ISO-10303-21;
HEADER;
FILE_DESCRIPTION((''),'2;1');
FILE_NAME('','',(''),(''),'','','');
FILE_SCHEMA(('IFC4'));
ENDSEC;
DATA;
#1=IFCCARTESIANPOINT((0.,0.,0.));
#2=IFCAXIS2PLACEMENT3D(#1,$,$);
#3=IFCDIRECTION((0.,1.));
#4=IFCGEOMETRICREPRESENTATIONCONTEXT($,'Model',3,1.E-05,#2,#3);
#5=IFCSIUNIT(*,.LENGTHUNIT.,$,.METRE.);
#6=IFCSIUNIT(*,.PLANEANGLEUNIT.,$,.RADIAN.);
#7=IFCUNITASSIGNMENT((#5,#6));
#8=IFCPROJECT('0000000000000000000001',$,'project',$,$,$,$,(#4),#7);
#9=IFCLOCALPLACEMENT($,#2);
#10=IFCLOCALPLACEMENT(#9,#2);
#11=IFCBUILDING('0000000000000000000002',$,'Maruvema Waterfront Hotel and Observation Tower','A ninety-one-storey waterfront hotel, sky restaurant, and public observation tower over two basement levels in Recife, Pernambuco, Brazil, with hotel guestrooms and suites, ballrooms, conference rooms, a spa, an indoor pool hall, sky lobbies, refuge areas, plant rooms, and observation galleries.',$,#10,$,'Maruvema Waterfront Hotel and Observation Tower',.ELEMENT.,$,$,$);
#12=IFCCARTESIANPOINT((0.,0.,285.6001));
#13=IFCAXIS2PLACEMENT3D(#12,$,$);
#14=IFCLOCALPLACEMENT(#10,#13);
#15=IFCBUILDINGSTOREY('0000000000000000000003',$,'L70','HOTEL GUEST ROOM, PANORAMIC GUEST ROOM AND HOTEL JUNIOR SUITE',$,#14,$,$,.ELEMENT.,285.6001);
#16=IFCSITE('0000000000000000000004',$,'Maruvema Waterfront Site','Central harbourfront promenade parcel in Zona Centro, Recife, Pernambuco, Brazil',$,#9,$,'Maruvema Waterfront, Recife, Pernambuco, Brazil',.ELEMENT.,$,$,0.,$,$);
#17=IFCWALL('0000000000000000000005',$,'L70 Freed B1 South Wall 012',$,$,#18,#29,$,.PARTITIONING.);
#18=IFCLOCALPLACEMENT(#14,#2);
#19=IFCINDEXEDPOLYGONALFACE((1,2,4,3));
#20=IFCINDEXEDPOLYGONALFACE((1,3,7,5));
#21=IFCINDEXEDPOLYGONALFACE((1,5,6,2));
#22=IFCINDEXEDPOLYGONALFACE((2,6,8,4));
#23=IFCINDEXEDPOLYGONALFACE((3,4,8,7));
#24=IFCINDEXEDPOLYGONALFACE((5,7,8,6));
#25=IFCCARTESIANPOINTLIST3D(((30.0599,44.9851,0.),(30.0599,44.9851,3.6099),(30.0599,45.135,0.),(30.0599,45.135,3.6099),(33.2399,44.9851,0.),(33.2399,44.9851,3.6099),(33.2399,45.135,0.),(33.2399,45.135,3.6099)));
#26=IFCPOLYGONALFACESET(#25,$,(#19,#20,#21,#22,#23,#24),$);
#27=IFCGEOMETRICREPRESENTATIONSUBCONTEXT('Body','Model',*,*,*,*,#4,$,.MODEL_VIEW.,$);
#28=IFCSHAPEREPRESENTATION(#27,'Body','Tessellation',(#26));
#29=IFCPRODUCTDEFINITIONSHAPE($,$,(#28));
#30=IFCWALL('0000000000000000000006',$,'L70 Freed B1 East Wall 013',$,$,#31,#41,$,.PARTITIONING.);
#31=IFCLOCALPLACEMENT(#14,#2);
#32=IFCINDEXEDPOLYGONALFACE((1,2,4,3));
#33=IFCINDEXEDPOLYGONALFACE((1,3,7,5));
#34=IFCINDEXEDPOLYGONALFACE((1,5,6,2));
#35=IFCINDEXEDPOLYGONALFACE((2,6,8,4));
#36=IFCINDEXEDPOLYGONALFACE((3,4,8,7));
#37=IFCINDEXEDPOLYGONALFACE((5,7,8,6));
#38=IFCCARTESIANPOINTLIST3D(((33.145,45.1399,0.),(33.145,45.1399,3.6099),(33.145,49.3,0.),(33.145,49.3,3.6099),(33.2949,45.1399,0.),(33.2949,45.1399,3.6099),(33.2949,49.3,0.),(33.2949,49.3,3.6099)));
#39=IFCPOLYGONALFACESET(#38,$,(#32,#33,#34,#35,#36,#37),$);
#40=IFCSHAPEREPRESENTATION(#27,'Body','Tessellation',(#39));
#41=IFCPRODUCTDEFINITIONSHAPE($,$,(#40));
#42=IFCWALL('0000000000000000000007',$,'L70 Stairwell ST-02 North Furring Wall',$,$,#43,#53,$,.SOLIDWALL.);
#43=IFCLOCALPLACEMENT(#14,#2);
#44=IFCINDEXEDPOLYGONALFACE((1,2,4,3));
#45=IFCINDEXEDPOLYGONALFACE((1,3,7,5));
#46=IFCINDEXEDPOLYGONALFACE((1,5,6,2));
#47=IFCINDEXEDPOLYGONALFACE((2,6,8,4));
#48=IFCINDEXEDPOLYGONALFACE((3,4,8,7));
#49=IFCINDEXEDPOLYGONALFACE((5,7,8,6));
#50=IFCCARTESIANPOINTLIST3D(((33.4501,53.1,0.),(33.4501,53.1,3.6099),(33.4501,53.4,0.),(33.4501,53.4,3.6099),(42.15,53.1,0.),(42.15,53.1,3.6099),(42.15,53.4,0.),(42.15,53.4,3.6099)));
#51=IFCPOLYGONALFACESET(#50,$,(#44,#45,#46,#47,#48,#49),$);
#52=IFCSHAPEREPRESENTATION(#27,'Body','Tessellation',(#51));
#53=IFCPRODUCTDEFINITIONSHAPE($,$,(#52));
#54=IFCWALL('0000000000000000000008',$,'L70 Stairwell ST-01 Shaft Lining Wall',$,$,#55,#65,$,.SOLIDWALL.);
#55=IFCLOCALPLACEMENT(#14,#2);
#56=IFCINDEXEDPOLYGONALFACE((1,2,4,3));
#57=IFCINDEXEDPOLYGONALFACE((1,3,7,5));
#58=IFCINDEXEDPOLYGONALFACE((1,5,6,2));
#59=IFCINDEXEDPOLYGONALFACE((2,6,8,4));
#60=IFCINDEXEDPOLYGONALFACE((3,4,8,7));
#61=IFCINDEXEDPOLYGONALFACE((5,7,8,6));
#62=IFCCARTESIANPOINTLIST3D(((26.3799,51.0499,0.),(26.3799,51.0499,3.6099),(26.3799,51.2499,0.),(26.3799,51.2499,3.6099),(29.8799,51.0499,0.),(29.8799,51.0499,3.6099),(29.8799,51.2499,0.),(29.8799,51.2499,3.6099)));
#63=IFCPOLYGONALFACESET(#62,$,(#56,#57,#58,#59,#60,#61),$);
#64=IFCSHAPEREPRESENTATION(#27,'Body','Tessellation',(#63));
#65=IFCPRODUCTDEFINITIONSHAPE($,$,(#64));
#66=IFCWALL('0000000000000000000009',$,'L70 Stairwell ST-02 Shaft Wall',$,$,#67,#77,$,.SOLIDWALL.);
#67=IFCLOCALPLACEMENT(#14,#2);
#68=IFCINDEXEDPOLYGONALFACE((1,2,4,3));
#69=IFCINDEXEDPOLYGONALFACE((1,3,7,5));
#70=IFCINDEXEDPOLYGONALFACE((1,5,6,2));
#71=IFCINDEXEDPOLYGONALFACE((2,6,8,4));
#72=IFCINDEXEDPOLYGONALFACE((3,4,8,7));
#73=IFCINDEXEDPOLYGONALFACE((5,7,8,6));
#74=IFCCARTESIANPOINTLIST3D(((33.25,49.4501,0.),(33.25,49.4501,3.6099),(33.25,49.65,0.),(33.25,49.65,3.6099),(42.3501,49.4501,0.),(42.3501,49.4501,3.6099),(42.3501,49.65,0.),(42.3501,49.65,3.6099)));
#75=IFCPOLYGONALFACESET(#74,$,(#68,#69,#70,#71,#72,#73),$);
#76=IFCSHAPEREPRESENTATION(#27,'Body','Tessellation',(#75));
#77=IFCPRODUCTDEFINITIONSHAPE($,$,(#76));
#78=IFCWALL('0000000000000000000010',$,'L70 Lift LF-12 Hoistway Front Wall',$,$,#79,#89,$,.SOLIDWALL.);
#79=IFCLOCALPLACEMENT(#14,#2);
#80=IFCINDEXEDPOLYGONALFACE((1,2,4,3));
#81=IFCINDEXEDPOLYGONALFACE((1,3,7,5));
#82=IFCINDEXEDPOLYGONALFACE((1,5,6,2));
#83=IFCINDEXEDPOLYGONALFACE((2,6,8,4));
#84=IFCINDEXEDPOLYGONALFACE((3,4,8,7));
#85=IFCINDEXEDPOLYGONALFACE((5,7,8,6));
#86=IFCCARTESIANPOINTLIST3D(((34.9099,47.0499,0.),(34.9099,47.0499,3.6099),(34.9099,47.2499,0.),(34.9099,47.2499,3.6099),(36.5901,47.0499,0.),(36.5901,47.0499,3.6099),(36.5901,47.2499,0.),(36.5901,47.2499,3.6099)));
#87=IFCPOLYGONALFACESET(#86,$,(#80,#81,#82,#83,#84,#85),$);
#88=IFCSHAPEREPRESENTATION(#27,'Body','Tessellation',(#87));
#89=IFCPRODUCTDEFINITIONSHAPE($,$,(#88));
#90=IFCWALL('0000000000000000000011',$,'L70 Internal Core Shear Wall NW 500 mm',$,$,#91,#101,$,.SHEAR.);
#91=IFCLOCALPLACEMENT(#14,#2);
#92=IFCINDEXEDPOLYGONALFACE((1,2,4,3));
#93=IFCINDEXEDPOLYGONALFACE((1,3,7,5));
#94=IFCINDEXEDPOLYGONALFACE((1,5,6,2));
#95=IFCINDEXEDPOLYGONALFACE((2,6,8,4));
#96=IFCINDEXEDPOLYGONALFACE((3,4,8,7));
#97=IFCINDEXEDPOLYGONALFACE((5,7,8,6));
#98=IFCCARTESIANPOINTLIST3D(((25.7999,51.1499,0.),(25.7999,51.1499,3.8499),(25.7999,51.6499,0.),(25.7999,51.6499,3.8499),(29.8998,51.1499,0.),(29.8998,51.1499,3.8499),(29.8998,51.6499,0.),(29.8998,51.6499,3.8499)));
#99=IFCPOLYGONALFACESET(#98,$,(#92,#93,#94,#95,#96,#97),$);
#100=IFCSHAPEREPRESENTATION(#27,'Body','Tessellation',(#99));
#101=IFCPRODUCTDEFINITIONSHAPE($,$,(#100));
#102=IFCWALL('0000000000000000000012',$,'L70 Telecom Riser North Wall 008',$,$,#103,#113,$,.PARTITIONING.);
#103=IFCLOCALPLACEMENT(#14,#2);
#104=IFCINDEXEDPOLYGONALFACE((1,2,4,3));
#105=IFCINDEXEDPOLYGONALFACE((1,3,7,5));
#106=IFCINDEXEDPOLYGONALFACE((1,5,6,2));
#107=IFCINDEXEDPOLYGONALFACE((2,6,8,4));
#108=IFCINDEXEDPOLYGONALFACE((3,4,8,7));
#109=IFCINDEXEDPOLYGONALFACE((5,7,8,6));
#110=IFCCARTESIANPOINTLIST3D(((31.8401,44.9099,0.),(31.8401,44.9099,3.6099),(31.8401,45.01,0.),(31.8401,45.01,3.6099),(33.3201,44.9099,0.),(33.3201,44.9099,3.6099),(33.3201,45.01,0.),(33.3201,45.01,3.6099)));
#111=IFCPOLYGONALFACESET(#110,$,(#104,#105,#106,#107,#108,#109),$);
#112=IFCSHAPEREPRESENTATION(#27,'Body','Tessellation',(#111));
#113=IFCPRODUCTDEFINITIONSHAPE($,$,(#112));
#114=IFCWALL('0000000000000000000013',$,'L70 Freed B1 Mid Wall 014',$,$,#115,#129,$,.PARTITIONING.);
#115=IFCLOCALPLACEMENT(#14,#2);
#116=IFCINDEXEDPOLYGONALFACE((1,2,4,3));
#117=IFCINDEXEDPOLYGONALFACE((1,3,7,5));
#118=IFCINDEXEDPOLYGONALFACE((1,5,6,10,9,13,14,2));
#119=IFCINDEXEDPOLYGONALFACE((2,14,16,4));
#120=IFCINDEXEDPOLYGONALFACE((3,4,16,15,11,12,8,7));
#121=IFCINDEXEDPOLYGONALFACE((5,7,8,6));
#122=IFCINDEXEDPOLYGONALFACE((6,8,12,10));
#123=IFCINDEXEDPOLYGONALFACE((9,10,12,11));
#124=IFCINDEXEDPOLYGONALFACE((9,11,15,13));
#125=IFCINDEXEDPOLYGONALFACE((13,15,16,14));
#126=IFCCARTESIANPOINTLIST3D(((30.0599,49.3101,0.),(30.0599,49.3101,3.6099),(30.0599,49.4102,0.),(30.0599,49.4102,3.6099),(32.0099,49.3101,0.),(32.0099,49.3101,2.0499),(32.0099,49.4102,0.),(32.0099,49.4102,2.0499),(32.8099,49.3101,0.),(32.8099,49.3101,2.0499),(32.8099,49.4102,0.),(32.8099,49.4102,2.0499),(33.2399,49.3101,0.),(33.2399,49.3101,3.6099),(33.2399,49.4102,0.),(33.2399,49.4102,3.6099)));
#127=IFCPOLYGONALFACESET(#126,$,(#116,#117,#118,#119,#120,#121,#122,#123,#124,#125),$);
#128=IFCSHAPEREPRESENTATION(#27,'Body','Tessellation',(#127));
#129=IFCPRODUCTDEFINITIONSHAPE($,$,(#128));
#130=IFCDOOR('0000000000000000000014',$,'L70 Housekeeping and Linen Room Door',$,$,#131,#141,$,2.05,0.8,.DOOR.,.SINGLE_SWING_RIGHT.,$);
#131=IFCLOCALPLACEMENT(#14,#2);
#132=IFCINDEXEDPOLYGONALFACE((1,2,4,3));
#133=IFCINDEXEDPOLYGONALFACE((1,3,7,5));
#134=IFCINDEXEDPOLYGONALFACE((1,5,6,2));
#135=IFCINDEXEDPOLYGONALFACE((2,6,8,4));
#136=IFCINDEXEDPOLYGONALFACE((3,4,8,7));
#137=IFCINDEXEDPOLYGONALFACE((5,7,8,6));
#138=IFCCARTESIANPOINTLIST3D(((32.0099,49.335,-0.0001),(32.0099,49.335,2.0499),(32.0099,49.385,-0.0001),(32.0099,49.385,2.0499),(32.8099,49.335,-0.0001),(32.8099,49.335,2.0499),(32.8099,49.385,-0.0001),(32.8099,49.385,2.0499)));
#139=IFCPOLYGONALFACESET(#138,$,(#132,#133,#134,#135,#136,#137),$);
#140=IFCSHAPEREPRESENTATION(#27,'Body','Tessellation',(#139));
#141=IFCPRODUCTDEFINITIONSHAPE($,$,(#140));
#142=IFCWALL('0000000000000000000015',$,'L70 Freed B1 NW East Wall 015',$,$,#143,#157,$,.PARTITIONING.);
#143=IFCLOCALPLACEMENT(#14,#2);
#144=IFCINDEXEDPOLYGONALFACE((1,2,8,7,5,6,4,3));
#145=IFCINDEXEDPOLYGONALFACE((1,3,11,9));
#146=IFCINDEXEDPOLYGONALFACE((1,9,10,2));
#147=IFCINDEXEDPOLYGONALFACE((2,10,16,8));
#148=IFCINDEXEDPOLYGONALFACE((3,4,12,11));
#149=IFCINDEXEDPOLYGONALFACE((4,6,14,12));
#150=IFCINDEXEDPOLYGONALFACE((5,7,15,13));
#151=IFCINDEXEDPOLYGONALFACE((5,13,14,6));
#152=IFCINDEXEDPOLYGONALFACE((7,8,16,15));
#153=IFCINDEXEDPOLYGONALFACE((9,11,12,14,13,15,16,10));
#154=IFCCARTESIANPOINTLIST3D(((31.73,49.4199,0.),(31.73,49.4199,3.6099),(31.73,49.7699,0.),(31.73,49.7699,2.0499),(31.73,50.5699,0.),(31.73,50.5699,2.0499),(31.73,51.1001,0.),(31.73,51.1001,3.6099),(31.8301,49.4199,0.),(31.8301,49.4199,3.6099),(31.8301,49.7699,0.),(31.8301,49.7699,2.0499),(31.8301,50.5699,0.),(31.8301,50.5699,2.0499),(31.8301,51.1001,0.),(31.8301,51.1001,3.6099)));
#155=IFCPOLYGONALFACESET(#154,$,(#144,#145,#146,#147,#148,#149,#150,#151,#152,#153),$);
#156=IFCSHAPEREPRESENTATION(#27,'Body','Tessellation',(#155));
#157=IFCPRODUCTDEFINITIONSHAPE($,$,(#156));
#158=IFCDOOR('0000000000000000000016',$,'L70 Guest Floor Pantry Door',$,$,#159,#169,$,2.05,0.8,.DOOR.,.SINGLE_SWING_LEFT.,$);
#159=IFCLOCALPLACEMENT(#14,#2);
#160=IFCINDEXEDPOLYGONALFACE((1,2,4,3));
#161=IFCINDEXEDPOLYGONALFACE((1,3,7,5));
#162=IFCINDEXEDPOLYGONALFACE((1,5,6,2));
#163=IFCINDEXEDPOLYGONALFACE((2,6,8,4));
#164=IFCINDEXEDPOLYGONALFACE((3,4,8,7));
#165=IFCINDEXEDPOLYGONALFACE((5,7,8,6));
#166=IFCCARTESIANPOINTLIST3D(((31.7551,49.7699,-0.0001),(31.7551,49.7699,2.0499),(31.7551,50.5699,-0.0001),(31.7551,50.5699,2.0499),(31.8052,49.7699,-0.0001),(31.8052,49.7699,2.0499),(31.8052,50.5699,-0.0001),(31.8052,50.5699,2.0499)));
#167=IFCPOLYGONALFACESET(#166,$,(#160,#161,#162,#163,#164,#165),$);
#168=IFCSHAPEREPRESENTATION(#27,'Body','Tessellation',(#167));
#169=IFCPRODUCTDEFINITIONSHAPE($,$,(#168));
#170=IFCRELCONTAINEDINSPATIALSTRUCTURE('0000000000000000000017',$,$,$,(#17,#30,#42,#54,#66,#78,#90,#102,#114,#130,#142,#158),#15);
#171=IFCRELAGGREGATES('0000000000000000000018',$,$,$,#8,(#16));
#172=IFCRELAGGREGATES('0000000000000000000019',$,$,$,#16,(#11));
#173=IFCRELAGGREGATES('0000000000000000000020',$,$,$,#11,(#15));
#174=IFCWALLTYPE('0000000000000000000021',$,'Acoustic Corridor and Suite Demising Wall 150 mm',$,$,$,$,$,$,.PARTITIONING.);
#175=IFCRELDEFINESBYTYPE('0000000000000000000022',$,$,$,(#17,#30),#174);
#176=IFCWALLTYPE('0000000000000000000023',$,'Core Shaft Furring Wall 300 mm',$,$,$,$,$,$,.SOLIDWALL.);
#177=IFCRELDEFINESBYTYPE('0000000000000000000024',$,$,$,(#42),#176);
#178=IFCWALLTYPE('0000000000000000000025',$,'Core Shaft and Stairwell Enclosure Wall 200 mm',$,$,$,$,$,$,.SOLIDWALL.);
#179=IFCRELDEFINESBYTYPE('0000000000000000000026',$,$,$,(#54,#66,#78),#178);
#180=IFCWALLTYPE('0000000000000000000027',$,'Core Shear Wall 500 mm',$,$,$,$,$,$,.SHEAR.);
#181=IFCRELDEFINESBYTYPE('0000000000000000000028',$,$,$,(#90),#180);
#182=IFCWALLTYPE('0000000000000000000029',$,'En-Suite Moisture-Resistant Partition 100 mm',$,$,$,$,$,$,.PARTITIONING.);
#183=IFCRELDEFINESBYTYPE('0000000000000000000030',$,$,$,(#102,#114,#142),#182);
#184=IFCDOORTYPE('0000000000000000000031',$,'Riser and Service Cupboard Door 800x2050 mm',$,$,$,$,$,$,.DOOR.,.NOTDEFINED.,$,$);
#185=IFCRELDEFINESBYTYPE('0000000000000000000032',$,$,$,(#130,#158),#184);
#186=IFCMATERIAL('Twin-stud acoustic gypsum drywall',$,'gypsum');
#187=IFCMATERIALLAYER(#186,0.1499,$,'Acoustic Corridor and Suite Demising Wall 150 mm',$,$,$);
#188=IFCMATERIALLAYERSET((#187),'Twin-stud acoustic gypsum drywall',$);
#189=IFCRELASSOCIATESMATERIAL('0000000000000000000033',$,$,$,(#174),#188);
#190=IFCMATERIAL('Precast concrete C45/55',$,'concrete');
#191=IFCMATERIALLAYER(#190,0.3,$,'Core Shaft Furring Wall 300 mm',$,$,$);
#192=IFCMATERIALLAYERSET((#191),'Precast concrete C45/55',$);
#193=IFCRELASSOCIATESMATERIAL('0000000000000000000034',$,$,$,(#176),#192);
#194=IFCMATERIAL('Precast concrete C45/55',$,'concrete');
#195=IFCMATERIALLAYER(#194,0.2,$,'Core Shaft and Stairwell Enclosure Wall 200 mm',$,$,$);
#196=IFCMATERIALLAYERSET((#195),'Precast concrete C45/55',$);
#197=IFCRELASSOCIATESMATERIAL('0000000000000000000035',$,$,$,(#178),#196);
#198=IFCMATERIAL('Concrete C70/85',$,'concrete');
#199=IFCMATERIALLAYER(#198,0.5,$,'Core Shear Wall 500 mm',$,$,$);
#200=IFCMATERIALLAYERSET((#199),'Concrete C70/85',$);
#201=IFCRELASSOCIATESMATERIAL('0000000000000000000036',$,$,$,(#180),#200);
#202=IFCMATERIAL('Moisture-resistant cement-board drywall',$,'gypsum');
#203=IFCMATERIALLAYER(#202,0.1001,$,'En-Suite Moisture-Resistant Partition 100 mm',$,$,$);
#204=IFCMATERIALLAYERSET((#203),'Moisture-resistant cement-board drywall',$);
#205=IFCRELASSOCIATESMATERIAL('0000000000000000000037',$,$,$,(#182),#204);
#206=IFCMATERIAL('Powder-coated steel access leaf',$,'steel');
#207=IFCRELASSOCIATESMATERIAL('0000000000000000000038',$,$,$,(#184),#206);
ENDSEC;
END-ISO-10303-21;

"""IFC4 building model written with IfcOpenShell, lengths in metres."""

from ifc_helpers import new_model, si_unit, direction, frame, frame_2d, origin, place, context, subcontext, project, spatial, rectangle, extrude, material, layer, layer_set, type_object, element, fill, save


model = new_model("IFC4")

# Units and contexts
model_context = context("Model", 3, precision=1e-05, world=origin(), true_north=direction((0.0, 1.0)))
body_context = subcontext(model_context, "Body", "Model", "MODEL_VIEW")
ifc_project = project(units=[si_unit("LENGTHUNIT", "METRE"), si_unit("PLANEANGLEUNIT", "RADIAN")], contexts=[model_context])

# Site, building, storey
site_placement = place(None, origin())
site = spatial("IfcSite", under=ifc_project, at=site_placement, Name="Maruvema Waterfront Site", Description="Central harbourfront promenade parcel in Zona Centro, Recife, Pernambuco, Brazil", LongName="Maruvema Waterfront, Recife, Pernambuco, Brazil", CompositionType="ELEMENT", RefElevation=0.0)
building_placement = place(site_placement, origin())
building = spatial("IfcBuilding", under=site, at=building_placement, Name="Maruvema Waterfront Hotel and Observation Tower", Description="A ninety-one-storey waterfront hotel, sky restaurant, and public observation tower over two basement levels in Recife, Pernambuco, Brazil, with hotel guestrooms and suites, ballrooms, conference rooms, a spa, an indoor pool hall, sky lobbies, refuge areas, plant rooms, and observation galleries.", LongName="Maruvema Waterfront Hotel and Observation Tower", CompositionType="ELEMENT")
storey_placement = place(building_placement, frame((0.0, 0.0, 285.6001)))
storey = spatial("IfcBuildingStorey", under=building, at=storey_placement, Name="L70", Description="HOTEL GUEST ROOM, PANORAMIC GUEST ROOM AND HOTEL JUNIOR SUITE", CompositionType="ELEMENT", Elevation=285.6001)

# Walls
ifc_material_1 = material(Name="Twin-stud acoustic gypsum drywall", Category="gypsum")
ifc_layer_1 = layer(ifc_material_1, 0.1499, Name="Acoustic Corridor and Suite Demising Wall 150 mm")
ifc_layer_set_1 = layer_set([ifc_layer_1], Name="Twin-stud acoustic gypsum drywall")
wall_type_1 = type_object("IfcWallType", Name="Acoustic Corridor and Suite Demising Wall 150 mm", PredefinedType="PARTITIONING", material=ifc_layer_set_1)
wall_1_placement = place(storey_placement, frame((30.0601, 45.0601, 0.0), z_axis=(0.0, 0.0, 1.0), x_axis=(1.0, 0.0, 0.0)))
element("IfcWall", 1, at=wall_1_placement, inside=storey, type_object=wall_type_1, Name="L70 Freed B1 South Wall 012", PredefinedType="PARTITIONING", context=body_context, shape_type="SweptSolid", body=[
    extrude(rectangle(XDim=3.1799, YDim=0.1499, at=frame_2d((1.5898, 0.0))), origin(), (0.0, 0.0, 1.0), 3.6099),
])
wall_2_placement = place(storey_placement, frame((33.22, 45.1399, 0.0), z_axis=(0.0, 0.0, 1.0), x_axis=(0.0, 1.0, 0.0)))
element("IfcWall", 2, at=wall_2_placement, inside=storey, type_object=wall_type_1, Name="L70 Freed B1 East Wall 013", PredefinedType="PARTITIONING", context=body_context, shape_type="SweptSolid", body=[
    extrude(rectangle(XDim=4.1602, YDim=0.1499, at=frame_2d((2.0801, 0.0))), origin(), (0.0, 0.0, 1.0), 3.6099),
])
ifc_material_2 = material(Name="Precast concrete C45/55", Category="concrete")
ifc_layer_2 = layer(ifc_material_2, 0.3, Name="Core Shaft Furring Wall 300 mm")
ifc_layer_set_2 = layer_set([ifc_layer_2], Name="Precast concrete C45/55")
wall_type_2 = type_object("IfcWallType", Name="Core Shaft Furring Wall 300 mm", PredefinedType="SOLIDWALL", material=ifc_layer_set_2)
wall_3_placement = place(storey_placement, frame((33.45, 53.25, 0.0), z_axis=(0.0, 0.0, 1.0), x_axis=(1.0, 0.0, 0.0)))
element("IfcWall", 3, at=wall_3_placement, inside=storey, type_object=wall_type_2, Name="L70 Stairwell ST-02 North Furring Wall", PredefinedType="SOLIDWALL", context=body_context, shape_type="SweptSolid", body=[
    extrude(rectangle(XDim=8.7, YDim=0.3, at=frame_2d((4.3501, 0.0))), origin(), (0.0, 0.0, 1.0), 3.6099),
])
ifc_material_3 = material(Name="Precast concrete C45/55", Category="concrete")
ifc_layer_3 = layer(ifc_material_3, 0.2, Name="Core Shaft and Stairwell Enclosure Wall 200 mm")
ifc_layer_set_3 = layer_set([ifc_layer_3], Name="Precast concrete C45/55")
wall_type_3 = type_object("IfcWallType", Name="Core Shaft and Stairwell Enclosure Wall 200 mm", PredefinedType="SOLIDWALL", material=ifc_layer_set_3)
wall_4_placement = place(storey_placement, frame((26.3799, 51.1499, 0.0), z_axis=(0.0, 0.0, 1.0), x_axis=(1.0, 0.0, 0.0)))
element("IfcWall", 4, at=wall_4_placement, inside=storey, type_object=wall_type_3, Name="L70 Stairwell ST-01 Shaft Lining Wall", PredefinedType="SOLIDWALL", context=body_context, shape_type="SweptSolid", body=[
    extrude(rectangle(XDim=3.5, YDim=0.2, at=frame_2d((1.75, 0.0))), origin(), (0.0, 0.0, 1.0), 3.6099),
])
wall_5_placement = place(storey_placement, frame((33.25, 49.55, 0.0), z_axis=(0.0, 0.0, 1.0), x_axis=(1.0, 0.0, 0.0)))
element("IfcWall", 5, at=wall_5_placement, inside=storey, type_object=wall_type_3, Name="L70 Stairwell ST-02 Shaft Wall", PredefinedType="SOLIDWALL", context=body_context, shape_type="SweptSolid", body=[
    extrude(rectangle(XDim=9.1001, YDim=0.2, at=frame_2d((4.55, 0.0))), origin(), (0.0, 0.0, 1.0), 3.6099),
])

# Walls
wall_6_placement = place(storey_placement, frame((34.9099, 47.1499, 0.0), z_axis=(0.0, 0.0, 1.0), x_axis=(1.0, 0.0, 0.0)))
element("IfcWall", 6, at=wall_6_placement, inside=storey, type_object=wall_type_3, Name="L70 Lift LF-12 Hoistway Front Wall", PredefinedType="SOLIDWALL", context=body_context, shape_type="SweptSolid", body=[
    extrude(rectangle(XDim=1.6802, YDim=0.2, at=frame_2d((0.8401, 0.0))), origin(), (0.0, 0.0, 1.0), 3.6099),
])
ifc_material_4 = material(Name="Concrete C70/85", Category="concrete")
ifc_layer_4 = layer(ifc_material_4, 0.5, Name="Core Shear Wall 500 mm")
ifc_layer_set_4 = layer_set([ifc_layer_4], Name="Concrete C70/85")
wall_type_4 = type_object("IfcWallType", Name="Core Shear Wall 500 mm", PredefinedType="SHEAR", material=ifc_layer_set_4)
wall_7_placement = place(storey_placement, frame((25.8, 51.3999, 0.0), z_axis=(0.0, 0.0, 1.0), x_axis=(1.0, 0.0, 0.0)))
element("IfcWall", 7, at=wall_7_placement, inside=storey, type_object=wall_type_4, Name="L70 Internal Core Shear Wall NW 500 mm", PredefinedType="SHEAR", context=body_context, shape_type="SweptSolid", body=[
    extrude(rectangle(XDim=4.0999, YDim=0.5, at=frame_2d((2.0498, 0.0))), origin(), (0.0, 0.0, 1.0), 3.8499),
])
ifc_material_5 = material(Name="Moisture-resistant cement-board drywall", Category="gypsum")
ifc_layer_5 = layer(ifc_material_5, 0.1001, Name="En-Suite Moisture-Resistant Partition 100 mm")
ifc_layer_set_5 = layer_set([ifc_layer_5], Name="Moisture-resistant cement-board drywall")
wall_type_5 = type_object("IfcWallType", Name="En-Suite Moisture-Resistant Partition 100 mm", PredefinedType="PARTITIONING", material=ifc_layer_set_5)
wall_8_placement = place(storey_placement, frame((31.8401, 44.96, 0.0), z_axis=(0.0, 0.0, 1.0), x_axis=(1.0, 0.0, 0.0)))
element("IfcWall", 8, at=wall_8_placement, inside=storey, type_object=wall_type_5, Name="L70 Telecom Riser North Wall 008", PredefinedType="PARTITIONING", context=body_context, shape_type="SweptSolid", body=[
    extrude(rectangle(XDim=1.48, YDim=0.1001, at=frame_2d((0.74, 0.0))), origin(), (0.0, 0.0, 1.0), 3.6099),
])

# Walls, openings, doors
wall_9_placement = place(storey_placement, frame((30.0601, 49.3601, 0.0), z_axis=(0.0, 0.0, 1.0), x_axis=(1.0, 0.0, 0.0)))
wall_9 = element("IfcWall", 9, at=wall_9_placement, inside=storey, type_object=wall_type_5, Name="L70 Freed B1 Mid Wall 014", PredefinedType="PARTITIONING", context=body_context, shape_type="SweptSolid", body=[
    extrude(rectangle(XDim=3.1799, YDim=0.1001, at=frame_2d((1.5898, 0.0))), origin(), (0.0, 0.0, 1.0), 3.6099),
])
opening_1_placement = place(wall_9_placement, frame((1.95, 0.0, 0.0)))
opening_1 = element("IfcOpeningElement", 10, at=opening_1_placement, cuts=wall_9, PredefinedType="OPENING", context=body_context, shape_type="SweptSolid", body=[
    extrude(rectangle(XDim=0.8, YDim=2.05, at=frame_2d((0.3999, 1.0249))), frame((0.0, 0.0601, 0.0), z_axis=(0.0, -1.0, 0.0), x_axis=(1.0, 0.0, 0.0)), (0.0, 0.0, 1.0), 0.1201),
])
ifc_material_6 = material(Name="Powder-coated steel access leaf", Category="steel")
door_type_1 = type_object("IfcDoorType", Name="Riser and Service Cupboard Door 800x2050 mm", OperationType="NOTDEFINED", PredefinedType="DOOR", material=ifc_material_6)
door_1_placement = place(opening_1_placement, origin())
door_1 = element("IfcDoor", 11, at=door_1_placement, inside=storey, type_object=door_type_1, Name="L70 Housekeeping and Linen Room Door", OperationType="SINGLE_SWING_RIGHT", OverallHeight=2.05, OverallWidth=0.8, PredefinedType="DOOR", context=body_context, shape_type="SweptSolid", body=[
    extrude(rectangle(XDim=0.8, YDim=2.05, at=frame_2d((0.3999, 1.0249))), frame((0.0, 0.0249, 0.0), z_axis=(0.0, -1.0, 0.0), x_axis=(1.0, 0.0, 0.0)), (0.0, 0.0, 1.0), 0.05),
])
fill(opening_1, door_1)
wall_10_placement = place(storey_placement, frame((31.78, 49.4199, 0.0), z_axis=(0.0, 0.0, 1.0), x_axis=(0.0, 1.0, 0.0)))
wall_10 = element("IfcWall", 12, at=wall_10_placement, inside=storey, type_object=wall_type_5, Name="L70 Freed B1 NW East Wall 015", PredefinedType="PARTITIONING", context=body_context, shape_type="SweptSolid", body=[
    extrude(rectangle(XDim=1.6802, YDim=0.1001, at=frame_2d((0.8401, 0.0))), origin(), (0.0, 0.0, 1.0), 3.6099),
])
opening_2_placement = place(wall_10_placement, frame((0.3501, 0.0, 0.0)))
opening_2 = element("IfcOpeningElement", 13, at=opening_2_placement, cuts=wall_10, PredefinedType="OPENING", context=body_context, shape_type="SweptSolid", body=[
    extrude(rectangle(XDim=0.8, YDim=2.05, at=frame_2d((0.3999, 1.0249))), frame((0.0, 0.0601, 0.0), z_axis=(0.0, -1.0, 0.0), x_axis=(1.0, 0.0, 0.0)), (0.0, 0.0, 1.0), 0.1201),
])
door_2_placement = place(opening_2_placement, origin())
door_2 = element("IfcDoor", 14, at=door_2_placement, inside=storey, type_object=door_type_1, Name="L70 Guest Floor Pantry Door", OperationType="SINGLE_SWING_LEFT", OverallHeight=2.05, OverallWidth=0.8, PredefinedType="DOOR", context=body_context, shape_type="SweptSolid", body=[
    extrude(rectangle(XDim=0.8, YDim=2.05, at=frame_2d((0.3999, 1.0249))), frame((0.0, 0.0249, 0.0), z_axis=(0.0, -1.0, 0.0), x_axis=(1.0, 0.0, 0.0)), (0.0, 0.0, 1.0), 0.05),
])
fill(opening_2, door_2)

save(model, "model.ifc")
